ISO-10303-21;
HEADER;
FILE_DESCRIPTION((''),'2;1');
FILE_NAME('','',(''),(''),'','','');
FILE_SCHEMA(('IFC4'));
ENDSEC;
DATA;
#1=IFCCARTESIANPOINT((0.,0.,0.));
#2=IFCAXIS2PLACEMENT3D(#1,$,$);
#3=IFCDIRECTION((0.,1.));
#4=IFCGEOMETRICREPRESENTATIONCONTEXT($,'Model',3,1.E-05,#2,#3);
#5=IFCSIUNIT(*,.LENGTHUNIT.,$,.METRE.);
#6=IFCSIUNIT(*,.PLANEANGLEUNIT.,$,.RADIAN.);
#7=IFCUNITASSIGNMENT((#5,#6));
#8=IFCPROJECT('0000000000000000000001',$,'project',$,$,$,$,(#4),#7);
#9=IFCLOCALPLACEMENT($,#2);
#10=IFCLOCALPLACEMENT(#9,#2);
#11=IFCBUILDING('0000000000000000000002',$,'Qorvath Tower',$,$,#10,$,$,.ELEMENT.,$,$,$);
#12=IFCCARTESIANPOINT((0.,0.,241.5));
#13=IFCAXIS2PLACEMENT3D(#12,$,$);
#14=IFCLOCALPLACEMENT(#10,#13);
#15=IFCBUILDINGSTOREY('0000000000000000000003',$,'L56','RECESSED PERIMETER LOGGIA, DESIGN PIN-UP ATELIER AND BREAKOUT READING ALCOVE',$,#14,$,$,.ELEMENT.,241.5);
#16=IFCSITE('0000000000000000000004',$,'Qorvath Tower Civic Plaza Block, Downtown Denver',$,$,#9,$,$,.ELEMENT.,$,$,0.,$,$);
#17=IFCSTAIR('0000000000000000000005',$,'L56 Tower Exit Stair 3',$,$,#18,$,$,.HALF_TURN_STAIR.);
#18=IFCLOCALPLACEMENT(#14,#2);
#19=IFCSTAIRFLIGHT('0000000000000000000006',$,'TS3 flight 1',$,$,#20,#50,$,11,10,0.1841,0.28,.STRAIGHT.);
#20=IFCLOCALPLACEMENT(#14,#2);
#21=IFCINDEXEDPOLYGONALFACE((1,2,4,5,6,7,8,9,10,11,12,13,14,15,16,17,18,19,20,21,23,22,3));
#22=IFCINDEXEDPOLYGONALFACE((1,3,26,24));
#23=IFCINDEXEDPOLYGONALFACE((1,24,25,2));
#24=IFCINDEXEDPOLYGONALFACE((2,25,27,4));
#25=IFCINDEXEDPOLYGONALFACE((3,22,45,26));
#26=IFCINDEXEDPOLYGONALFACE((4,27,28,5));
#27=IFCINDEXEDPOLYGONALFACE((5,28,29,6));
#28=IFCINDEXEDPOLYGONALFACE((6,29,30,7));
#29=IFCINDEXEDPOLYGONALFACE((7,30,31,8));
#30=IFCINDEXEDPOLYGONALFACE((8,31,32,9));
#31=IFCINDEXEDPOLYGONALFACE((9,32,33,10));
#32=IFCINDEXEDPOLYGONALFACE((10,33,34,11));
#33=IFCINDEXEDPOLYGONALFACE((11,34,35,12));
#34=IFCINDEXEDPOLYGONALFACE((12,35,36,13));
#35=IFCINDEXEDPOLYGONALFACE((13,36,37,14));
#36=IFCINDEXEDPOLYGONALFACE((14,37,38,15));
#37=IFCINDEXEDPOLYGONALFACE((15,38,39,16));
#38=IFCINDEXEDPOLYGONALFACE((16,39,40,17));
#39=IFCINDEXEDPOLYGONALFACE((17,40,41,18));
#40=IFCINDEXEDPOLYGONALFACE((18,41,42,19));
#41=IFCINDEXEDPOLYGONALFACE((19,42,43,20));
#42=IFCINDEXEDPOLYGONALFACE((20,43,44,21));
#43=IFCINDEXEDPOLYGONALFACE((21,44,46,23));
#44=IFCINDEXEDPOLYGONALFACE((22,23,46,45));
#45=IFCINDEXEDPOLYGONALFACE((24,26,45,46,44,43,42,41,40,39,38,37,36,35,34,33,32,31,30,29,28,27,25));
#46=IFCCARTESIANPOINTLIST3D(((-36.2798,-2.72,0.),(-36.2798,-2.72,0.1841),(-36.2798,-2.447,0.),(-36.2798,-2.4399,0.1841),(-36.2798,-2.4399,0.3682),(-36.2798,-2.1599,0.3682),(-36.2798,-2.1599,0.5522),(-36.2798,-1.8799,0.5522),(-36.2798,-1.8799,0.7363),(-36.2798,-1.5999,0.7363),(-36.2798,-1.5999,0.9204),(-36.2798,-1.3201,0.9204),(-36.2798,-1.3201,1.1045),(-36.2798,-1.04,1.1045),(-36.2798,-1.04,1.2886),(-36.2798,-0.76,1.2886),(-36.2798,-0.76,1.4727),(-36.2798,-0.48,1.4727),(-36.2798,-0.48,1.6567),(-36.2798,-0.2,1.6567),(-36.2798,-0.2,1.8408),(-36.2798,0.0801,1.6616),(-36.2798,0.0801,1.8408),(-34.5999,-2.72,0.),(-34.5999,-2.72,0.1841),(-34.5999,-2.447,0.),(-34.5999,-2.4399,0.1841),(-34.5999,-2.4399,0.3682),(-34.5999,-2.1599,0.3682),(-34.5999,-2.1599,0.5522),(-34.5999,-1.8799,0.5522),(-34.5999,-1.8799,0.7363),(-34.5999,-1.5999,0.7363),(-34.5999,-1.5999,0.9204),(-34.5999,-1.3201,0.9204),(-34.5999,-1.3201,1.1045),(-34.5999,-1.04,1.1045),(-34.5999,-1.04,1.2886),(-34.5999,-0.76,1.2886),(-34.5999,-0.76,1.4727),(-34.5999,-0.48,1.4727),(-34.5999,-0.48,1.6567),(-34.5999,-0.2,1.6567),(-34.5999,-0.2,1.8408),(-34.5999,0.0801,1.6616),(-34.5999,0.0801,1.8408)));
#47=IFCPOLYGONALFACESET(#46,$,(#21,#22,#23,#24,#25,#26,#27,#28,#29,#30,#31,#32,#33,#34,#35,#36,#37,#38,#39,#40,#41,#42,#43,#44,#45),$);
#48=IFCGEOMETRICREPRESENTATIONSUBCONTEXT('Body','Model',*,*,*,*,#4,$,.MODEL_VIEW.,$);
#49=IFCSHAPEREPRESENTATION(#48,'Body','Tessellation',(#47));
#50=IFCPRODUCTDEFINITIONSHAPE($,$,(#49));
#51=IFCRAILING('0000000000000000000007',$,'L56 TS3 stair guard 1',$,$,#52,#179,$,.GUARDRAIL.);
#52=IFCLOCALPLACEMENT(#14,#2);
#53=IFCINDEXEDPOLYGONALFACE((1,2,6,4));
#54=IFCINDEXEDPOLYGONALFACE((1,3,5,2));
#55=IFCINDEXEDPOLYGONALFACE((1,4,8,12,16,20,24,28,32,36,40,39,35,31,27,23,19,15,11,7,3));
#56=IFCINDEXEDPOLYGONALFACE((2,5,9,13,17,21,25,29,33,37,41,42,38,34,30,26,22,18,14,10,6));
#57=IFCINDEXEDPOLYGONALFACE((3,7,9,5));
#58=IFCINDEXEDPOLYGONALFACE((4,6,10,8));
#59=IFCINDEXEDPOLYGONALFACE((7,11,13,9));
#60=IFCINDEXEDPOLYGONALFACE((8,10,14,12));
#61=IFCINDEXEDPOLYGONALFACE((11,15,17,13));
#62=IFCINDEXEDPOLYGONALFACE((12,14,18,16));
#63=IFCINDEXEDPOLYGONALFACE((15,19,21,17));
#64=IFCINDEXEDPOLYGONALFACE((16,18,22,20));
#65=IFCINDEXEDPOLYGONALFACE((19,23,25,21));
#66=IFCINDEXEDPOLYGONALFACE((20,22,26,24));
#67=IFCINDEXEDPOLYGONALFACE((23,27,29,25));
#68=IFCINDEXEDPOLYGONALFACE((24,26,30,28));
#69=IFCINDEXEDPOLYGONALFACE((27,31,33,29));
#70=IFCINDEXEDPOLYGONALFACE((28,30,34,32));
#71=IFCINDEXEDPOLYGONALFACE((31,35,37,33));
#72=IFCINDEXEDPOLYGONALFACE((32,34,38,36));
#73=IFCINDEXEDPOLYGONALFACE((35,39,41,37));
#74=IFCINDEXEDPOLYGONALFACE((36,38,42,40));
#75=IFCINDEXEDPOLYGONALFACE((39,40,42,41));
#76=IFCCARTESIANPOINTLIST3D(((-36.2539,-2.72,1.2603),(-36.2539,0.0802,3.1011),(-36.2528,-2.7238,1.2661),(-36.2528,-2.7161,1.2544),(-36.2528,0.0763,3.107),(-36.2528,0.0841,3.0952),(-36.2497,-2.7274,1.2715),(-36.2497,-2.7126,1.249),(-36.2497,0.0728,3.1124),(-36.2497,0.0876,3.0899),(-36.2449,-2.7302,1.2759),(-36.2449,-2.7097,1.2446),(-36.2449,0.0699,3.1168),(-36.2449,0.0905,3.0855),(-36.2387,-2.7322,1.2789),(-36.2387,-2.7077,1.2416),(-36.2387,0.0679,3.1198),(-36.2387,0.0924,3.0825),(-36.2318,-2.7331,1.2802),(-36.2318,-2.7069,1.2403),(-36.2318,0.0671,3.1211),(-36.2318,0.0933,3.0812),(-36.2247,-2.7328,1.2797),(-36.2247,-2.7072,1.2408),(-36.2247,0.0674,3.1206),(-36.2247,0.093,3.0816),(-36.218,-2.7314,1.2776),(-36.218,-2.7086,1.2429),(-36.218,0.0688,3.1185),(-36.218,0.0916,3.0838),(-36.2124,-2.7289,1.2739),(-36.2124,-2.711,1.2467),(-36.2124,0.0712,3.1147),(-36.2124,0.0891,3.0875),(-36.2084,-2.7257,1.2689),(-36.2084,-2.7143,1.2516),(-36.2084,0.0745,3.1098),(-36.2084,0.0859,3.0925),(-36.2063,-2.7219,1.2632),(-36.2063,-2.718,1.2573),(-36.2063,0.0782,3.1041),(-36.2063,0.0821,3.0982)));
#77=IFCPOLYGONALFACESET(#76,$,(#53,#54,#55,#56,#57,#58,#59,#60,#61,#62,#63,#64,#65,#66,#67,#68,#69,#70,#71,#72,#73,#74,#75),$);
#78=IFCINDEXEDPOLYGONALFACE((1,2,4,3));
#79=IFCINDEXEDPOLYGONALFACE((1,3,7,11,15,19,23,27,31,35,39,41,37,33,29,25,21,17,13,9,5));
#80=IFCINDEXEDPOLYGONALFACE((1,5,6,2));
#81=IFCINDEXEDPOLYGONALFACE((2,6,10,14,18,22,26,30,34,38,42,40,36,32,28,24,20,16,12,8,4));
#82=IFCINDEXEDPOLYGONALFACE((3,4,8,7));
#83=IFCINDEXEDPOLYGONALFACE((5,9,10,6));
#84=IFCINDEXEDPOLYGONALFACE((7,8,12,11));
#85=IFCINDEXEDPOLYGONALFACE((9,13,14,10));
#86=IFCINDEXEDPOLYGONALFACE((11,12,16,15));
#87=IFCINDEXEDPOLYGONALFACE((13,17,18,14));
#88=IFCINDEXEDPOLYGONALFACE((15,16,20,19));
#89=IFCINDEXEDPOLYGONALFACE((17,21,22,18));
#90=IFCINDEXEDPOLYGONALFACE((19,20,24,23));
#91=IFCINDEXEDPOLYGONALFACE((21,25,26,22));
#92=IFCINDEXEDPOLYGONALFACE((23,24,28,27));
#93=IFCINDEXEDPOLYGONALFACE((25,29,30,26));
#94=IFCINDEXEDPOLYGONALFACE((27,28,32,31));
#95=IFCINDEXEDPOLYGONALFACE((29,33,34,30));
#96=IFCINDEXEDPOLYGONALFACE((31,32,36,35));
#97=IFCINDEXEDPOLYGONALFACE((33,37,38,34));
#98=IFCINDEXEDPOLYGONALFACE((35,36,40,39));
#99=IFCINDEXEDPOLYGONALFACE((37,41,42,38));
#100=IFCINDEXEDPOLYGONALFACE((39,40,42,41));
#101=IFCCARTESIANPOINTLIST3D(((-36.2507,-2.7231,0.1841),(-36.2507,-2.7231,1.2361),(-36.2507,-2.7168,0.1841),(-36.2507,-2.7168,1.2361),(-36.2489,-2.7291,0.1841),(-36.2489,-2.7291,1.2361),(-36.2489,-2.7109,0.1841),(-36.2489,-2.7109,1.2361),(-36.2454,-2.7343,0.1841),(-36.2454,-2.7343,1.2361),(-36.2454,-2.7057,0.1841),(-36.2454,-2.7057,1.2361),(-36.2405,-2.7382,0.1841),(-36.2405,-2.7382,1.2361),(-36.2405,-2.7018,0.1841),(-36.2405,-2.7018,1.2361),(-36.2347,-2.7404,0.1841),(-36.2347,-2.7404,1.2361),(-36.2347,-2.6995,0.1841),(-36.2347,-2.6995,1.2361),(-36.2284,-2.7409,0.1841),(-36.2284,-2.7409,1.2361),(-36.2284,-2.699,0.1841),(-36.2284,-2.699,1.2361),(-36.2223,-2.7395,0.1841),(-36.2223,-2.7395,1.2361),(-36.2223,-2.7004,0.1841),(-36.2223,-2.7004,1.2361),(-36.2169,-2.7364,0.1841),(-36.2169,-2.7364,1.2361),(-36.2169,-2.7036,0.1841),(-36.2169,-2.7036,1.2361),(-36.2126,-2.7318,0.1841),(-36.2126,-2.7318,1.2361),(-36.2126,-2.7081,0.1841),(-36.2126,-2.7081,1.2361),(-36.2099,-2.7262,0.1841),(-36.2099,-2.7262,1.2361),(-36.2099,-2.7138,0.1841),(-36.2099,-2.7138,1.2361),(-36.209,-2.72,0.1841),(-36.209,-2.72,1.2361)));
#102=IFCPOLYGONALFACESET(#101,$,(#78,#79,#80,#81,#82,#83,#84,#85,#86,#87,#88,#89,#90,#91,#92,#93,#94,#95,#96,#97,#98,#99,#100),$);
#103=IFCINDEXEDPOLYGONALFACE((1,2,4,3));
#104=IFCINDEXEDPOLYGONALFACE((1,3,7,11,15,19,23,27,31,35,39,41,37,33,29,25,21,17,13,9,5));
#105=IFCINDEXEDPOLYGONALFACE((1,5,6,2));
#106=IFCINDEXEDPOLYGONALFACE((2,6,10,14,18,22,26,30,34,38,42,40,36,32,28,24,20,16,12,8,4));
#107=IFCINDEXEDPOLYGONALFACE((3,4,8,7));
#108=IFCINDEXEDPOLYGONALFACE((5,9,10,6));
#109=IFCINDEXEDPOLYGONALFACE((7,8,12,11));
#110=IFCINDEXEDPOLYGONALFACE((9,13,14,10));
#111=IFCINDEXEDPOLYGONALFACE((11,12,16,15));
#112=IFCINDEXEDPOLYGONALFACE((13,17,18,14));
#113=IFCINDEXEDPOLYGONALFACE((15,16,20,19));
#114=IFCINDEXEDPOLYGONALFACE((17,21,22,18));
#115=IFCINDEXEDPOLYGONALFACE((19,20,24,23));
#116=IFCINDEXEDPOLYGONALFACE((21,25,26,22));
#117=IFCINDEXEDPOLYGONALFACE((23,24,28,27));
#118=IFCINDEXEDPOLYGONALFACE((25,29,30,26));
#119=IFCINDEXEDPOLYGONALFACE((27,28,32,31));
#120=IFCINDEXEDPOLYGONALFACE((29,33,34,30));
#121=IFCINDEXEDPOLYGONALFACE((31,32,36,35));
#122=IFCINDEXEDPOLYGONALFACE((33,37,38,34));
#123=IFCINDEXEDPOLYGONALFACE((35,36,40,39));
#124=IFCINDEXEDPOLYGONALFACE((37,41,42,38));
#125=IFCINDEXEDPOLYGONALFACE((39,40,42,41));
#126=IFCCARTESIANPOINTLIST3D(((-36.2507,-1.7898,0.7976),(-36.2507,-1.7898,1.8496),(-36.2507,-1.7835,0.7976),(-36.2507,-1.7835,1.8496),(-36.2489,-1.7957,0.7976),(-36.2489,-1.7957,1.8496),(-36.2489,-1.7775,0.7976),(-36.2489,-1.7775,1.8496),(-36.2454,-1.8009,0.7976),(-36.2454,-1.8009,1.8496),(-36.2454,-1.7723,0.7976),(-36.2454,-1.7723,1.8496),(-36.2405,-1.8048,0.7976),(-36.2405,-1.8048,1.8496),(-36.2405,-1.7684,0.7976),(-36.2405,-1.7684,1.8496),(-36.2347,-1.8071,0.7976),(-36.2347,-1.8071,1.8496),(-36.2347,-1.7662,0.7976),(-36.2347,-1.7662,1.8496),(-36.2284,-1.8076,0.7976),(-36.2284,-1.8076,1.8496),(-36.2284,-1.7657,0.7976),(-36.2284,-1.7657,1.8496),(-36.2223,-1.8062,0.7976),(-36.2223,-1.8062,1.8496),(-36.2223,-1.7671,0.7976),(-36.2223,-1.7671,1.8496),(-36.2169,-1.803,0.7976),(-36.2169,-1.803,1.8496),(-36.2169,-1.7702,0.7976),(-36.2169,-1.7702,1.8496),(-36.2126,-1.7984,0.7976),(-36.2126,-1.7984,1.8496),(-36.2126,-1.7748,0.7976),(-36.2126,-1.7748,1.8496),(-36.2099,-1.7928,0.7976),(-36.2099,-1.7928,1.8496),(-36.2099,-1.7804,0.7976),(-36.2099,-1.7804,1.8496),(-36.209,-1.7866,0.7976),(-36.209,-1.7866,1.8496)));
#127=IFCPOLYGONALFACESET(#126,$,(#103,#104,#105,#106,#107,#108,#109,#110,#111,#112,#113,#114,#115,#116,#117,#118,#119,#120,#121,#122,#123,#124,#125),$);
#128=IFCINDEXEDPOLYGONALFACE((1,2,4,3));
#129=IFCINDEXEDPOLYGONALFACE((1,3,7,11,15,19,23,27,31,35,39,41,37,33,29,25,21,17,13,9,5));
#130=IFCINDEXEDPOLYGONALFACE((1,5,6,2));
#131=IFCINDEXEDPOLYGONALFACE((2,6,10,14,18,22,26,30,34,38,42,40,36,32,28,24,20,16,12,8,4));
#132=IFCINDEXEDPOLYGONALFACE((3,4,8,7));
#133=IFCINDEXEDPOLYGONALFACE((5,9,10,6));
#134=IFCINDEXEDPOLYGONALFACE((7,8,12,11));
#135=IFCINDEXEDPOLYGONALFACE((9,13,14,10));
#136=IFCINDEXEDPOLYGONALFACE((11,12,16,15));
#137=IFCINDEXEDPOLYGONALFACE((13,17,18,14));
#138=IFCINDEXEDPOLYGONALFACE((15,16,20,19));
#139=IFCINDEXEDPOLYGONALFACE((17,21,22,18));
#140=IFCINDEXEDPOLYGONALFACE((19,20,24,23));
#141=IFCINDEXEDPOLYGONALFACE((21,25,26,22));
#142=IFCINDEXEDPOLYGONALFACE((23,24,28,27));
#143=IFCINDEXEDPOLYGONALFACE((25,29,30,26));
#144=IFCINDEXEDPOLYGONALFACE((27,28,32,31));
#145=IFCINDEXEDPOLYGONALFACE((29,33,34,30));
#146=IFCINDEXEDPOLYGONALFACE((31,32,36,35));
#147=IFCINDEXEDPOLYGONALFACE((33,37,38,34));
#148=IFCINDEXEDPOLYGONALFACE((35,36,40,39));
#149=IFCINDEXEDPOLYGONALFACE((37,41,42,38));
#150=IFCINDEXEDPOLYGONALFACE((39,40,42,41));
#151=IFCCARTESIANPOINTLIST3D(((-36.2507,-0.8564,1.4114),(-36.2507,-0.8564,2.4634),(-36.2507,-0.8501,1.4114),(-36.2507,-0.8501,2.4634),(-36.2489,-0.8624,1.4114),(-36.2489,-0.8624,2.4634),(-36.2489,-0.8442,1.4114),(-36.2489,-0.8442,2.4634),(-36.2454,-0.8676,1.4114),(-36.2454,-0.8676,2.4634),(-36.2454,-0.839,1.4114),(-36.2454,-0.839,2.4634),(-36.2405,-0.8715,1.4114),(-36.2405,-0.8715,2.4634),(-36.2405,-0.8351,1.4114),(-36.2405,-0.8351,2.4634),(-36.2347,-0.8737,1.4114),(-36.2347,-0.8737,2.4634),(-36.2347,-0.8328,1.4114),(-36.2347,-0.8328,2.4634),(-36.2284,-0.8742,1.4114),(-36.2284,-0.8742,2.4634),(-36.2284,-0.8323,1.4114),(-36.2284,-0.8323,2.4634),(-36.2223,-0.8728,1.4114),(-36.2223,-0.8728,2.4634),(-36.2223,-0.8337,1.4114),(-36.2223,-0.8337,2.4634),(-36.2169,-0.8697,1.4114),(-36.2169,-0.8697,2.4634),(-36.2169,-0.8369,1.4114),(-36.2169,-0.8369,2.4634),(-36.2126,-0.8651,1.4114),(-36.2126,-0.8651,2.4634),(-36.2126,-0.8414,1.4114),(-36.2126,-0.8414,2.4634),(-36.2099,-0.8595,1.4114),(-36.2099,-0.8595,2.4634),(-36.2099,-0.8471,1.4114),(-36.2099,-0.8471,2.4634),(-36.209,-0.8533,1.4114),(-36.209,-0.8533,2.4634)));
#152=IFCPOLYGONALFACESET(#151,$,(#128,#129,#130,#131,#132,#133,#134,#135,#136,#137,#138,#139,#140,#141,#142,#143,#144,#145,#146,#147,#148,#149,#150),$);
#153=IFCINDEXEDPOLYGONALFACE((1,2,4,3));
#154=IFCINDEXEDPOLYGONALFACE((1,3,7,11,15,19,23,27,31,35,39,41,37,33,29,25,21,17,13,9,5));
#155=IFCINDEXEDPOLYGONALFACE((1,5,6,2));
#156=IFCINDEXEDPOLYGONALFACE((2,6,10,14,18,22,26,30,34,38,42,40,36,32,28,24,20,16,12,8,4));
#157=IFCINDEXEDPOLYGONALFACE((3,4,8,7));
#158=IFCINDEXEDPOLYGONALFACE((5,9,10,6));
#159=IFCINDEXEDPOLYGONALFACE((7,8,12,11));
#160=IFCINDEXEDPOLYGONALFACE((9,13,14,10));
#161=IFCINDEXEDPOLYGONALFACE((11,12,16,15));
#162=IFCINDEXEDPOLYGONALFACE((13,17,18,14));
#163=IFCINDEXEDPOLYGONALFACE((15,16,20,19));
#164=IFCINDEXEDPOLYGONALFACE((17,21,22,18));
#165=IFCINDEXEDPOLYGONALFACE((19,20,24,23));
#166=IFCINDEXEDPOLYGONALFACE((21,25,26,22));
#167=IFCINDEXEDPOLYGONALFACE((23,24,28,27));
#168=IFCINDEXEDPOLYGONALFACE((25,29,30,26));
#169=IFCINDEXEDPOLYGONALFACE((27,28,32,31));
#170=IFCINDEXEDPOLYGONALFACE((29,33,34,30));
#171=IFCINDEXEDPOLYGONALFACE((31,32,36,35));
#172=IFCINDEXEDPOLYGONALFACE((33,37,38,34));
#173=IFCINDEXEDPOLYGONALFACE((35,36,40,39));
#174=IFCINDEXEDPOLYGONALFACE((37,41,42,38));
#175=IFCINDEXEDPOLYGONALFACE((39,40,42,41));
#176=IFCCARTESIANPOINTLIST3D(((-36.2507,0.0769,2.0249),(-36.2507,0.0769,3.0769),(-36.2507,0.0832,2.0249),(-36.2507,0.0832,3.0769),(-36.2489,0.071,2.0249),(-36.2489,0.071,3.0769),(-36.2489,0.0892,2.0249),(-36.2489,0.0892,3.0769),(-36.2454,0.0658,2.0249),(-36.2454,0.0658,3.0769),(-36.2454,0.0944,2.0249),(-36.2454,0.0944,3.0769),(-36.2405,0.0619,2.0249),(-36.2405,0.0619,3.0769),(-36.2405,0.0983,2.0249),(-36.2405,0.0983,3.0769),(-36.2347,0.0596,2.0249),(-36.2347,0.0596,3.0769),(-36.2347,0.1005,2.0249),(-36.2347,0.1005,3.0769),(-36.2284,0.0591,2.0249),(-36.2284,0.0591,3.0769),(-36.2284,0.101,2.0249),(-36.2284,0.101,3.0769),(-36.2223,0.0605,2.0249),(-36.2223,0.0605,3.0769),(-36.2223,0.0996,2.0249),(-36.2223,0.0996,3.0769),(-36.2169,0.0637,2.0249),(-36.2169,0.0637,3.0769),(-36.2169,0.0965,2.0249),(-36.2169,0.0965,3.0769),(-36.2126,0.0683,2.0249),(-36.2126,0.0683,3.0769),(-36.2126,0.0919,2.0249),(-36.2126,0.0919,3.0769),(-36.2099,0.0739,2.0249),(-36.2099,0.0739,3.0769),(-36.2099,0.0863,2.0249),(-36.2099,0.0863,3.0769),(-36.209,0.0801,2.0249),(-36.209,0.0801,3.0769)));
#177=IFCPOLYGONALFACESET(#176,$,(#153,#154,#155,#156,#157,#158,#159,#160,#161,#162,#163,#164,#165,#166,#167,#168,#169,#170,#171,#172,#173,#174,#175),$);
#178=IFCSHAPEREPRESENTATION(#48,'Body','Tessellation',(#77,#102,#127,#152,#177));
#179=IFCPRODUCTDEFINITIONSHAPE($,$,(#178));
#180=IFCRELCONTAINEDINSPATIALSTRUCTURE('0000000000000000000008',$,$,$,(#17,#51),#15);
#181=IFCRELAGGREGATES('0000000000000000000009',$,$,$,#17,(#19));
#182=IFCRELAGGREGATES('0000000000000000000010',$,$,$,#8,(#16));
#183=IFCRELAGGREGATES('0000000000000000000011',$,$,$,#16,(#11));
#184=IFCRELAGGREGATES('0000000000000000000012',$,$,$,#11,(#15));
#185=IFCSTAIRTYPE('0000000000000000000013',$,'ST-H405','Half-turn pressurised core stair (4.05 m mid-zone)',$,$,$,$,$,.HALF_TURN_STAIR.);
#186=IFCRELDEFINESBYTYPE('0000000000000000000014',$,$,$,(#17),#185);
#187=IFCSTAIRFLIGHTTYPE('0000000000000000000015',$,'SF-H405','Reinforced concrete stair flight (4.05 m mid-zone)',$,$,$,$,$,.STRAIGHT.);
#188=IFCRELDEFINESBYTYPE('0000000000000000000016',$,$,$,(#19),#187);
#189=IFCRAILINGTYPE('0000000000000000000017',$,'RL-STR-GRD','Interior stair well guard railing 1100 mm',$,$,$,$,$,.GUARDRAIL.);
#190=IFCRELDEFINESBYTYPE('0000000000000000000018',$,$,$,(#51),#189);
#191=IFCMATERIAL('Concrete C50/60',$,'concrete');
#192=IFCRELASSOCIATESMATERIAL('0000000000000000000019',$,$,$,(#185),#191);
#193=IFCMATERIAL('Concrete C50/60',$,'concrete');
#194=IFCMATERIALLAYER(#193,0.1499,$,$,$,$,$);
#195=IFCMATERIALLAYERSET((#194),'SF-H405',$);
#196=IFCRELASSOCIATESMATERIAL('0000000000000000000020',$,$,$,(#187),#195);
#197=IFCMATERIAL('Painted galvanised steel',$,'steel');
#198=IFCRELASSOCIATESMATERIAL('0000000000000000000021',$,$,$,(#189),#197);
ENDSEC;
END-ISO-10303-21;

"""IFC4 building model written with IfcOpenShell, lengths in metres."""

from ifc_helpers import new_model, si_unit, direction, frame, origin, origin_2d, place, context, subcontext, project, spatial, polyline, circle, outline, extrude, material, layer, layer_set, type_object, element, aggregate, save


model = new_model("IFC4")

# Units and contexts
model_context = context("Model", 3, precision=1e-05, world=origin(), true_north=direction((0.0, 1.0)))
body_context = subcontext(model_context, "Body", "Model", "MODEL_VIEW")
ifc_project = project(units=[si_unit("LENGTHUNIT", "METRE"), si_unit("PLANEANGLEUNIT", "RADIAN")], contexts=[model_context])

# Site, building, storey
site_placement = place(None, origin())
site = spatial("IfcSite", under=ifc_project, at=site_placement, Name="Qorvath Tower Civic Plaza Block, Downtown Denver", CompositionType="ELEMENT", RefElevation=0.0)
building_placement = place(site_placement, origin())
building = spatial("IfcBuilding", under=site, at=building_placement, Name="Qorvath Tower", CompositionType="ELEMENT")
storey_placement = place(building_placement, frame((0.0, 0.0, 241.5)))
storey = spatial("IfcBuildingStorey", under=building, at=storey_placement, Name="L56", Description="RECESSED PERIMETER LOGGIA, DESIGN PIN-UP ATELIER AND BREAKOUT READING ALCOVE", CompositionType="ELEMENT", Elevation=241.5)

# Stair, stair flight
ifc_material_1 = material(Name="Concrete C50/60", Category="concrete")
stair_type = type_object("IfcStairType", Name="ST-H405", Description="Half-turn pressurised core stair (4.05 m mid-zone)", PredefinedType="HALF_TURN_STAIR", material=ifc_material_1)
stair_placement = place(storey_placement, origin())
stair = element("IfcStair", 1, at=stair_placement, inside=storey, type_object=stair_type, Name="L56 Tower Exit Stair 3", PredefinedType="HALF_TURN_STAIR")
ifc_material_2 = material(Name="Concrete C50/60", Category="concrete")
ifc_layer_1 = layer(ifc_material_2, 0.1499)
ifc_layer_set_1 = layer_set([ifc_layer_1], Name="SF-H405")
stair_flight_type = type_object("IfcStairFlightType", Name="SF-H405", Description="Reinforced concrete stair flight (4.05 m mid-zone)", PredefinedType="STRAIGHT", material=ifc_layer_set_1)
stair_flight_placement = place(storey_placement, frame((-35.4399, -2.72, 0.0), z_axis=(0.0, 0.0, 1.0), x_axis=(0.0, 1.0, 0.0)))
stair_flight = element("IfcStairFlight", 2, at=stair_flight_placement, type_object=stair_flight_type, Name="TS3 flight 1", NumberOfRisers=11, NumberOfTreads=10, PredefinedType="STRAIGHT", RiserHeight=0.1841, TreadLength=0.28, context=body_context, shape_type="SweptSolid", body=[
    extrude(outline(polyline([(0.0, 0.0), (0.0, 0.1841), (0.28, 0.1841), (0.28, 0.3682), (0.5601, 0.3682), (0.5601, 0.5522), (0.8401, 0.5522), (0.8401, 0.7363), (1.1201, 0.7363), (1.1201, 0.9204), (1.3999, 0.9204), (1.3999, 1.1045), (1.6799, 1.1045), (1.6799, 1.2886), (1.96, 1.2886), (1.96, 1.4727), (2.24, 1.4727), (2.24, 1.6567), (2.52, 1.6567), (2.52, 1.8408), (2.8, 1.8408), (2.8, 2.0249), (2.8, 1.6616), (0.2729, 0.0), (0.0, 0.0)])), frame((0.0, 0.8398, 0.0), z_axis=(0.0, -1.0, 0.0), x_axis=(1.0, 0.0, 0.0)), (0.0, 0.0, 1.0), 1.6799),
])
aggregate(stair, [stair_flight])

# Railing
ifc_material_3 = material(Name="Painted galvanised steel", Category="steel")
railing_type_1 = type_object("IfcRailingType", Name="RL-STR-GRD", Description="Interior stair well guard railing 1100 mm", PredefinedType="GUARDRAIL", material=ifc_material_3)
railing_1_placement = place(storey_placement, frame((-36.23, -2.72, 0.1841)))
element("IfcRailing", 3, at=railing_1_placement, inside=storey, type_object=railing_type_1, Name="L56 TS3 stair guard 1", PredefinedType="GUARDRAIL", context=body_context, shape_type="SweptSolid", body=[
    extrude(circle(Radius=0.0239, at=origin_2d()), frame((0.0, 0.0, 1.0762), z_axis=(0.0, 0.835598, 0.549342), x_axis=(-1.0, 0.0, 0.0)), (0.0, 0.0, 1.0), 3.3511),
    extrude(circle(Radius=0.021, at=origin_2d()), origin(), (0.0, 0.0, 1.0), 1.052),
    extrude(circle(Radius=0.021, at=origin_2d()), frame((0.0, 0.9333, 0.6135)), (0.0, 0.0, 1.0), 1.052),
    extrude(circle(Radius=0.021, at=origin_2d()), frame((0.0, 1.8667, 1.2273)), (0.0, 0.0, 1.0), 1.052),
    extrude(circle(Radius=0.021, at=origin_2d()), frame((0.0, 2.8, 1.8408)), (0.0, 0.0, 1.0), 1.052),
])

save(model, "model.ifc")
